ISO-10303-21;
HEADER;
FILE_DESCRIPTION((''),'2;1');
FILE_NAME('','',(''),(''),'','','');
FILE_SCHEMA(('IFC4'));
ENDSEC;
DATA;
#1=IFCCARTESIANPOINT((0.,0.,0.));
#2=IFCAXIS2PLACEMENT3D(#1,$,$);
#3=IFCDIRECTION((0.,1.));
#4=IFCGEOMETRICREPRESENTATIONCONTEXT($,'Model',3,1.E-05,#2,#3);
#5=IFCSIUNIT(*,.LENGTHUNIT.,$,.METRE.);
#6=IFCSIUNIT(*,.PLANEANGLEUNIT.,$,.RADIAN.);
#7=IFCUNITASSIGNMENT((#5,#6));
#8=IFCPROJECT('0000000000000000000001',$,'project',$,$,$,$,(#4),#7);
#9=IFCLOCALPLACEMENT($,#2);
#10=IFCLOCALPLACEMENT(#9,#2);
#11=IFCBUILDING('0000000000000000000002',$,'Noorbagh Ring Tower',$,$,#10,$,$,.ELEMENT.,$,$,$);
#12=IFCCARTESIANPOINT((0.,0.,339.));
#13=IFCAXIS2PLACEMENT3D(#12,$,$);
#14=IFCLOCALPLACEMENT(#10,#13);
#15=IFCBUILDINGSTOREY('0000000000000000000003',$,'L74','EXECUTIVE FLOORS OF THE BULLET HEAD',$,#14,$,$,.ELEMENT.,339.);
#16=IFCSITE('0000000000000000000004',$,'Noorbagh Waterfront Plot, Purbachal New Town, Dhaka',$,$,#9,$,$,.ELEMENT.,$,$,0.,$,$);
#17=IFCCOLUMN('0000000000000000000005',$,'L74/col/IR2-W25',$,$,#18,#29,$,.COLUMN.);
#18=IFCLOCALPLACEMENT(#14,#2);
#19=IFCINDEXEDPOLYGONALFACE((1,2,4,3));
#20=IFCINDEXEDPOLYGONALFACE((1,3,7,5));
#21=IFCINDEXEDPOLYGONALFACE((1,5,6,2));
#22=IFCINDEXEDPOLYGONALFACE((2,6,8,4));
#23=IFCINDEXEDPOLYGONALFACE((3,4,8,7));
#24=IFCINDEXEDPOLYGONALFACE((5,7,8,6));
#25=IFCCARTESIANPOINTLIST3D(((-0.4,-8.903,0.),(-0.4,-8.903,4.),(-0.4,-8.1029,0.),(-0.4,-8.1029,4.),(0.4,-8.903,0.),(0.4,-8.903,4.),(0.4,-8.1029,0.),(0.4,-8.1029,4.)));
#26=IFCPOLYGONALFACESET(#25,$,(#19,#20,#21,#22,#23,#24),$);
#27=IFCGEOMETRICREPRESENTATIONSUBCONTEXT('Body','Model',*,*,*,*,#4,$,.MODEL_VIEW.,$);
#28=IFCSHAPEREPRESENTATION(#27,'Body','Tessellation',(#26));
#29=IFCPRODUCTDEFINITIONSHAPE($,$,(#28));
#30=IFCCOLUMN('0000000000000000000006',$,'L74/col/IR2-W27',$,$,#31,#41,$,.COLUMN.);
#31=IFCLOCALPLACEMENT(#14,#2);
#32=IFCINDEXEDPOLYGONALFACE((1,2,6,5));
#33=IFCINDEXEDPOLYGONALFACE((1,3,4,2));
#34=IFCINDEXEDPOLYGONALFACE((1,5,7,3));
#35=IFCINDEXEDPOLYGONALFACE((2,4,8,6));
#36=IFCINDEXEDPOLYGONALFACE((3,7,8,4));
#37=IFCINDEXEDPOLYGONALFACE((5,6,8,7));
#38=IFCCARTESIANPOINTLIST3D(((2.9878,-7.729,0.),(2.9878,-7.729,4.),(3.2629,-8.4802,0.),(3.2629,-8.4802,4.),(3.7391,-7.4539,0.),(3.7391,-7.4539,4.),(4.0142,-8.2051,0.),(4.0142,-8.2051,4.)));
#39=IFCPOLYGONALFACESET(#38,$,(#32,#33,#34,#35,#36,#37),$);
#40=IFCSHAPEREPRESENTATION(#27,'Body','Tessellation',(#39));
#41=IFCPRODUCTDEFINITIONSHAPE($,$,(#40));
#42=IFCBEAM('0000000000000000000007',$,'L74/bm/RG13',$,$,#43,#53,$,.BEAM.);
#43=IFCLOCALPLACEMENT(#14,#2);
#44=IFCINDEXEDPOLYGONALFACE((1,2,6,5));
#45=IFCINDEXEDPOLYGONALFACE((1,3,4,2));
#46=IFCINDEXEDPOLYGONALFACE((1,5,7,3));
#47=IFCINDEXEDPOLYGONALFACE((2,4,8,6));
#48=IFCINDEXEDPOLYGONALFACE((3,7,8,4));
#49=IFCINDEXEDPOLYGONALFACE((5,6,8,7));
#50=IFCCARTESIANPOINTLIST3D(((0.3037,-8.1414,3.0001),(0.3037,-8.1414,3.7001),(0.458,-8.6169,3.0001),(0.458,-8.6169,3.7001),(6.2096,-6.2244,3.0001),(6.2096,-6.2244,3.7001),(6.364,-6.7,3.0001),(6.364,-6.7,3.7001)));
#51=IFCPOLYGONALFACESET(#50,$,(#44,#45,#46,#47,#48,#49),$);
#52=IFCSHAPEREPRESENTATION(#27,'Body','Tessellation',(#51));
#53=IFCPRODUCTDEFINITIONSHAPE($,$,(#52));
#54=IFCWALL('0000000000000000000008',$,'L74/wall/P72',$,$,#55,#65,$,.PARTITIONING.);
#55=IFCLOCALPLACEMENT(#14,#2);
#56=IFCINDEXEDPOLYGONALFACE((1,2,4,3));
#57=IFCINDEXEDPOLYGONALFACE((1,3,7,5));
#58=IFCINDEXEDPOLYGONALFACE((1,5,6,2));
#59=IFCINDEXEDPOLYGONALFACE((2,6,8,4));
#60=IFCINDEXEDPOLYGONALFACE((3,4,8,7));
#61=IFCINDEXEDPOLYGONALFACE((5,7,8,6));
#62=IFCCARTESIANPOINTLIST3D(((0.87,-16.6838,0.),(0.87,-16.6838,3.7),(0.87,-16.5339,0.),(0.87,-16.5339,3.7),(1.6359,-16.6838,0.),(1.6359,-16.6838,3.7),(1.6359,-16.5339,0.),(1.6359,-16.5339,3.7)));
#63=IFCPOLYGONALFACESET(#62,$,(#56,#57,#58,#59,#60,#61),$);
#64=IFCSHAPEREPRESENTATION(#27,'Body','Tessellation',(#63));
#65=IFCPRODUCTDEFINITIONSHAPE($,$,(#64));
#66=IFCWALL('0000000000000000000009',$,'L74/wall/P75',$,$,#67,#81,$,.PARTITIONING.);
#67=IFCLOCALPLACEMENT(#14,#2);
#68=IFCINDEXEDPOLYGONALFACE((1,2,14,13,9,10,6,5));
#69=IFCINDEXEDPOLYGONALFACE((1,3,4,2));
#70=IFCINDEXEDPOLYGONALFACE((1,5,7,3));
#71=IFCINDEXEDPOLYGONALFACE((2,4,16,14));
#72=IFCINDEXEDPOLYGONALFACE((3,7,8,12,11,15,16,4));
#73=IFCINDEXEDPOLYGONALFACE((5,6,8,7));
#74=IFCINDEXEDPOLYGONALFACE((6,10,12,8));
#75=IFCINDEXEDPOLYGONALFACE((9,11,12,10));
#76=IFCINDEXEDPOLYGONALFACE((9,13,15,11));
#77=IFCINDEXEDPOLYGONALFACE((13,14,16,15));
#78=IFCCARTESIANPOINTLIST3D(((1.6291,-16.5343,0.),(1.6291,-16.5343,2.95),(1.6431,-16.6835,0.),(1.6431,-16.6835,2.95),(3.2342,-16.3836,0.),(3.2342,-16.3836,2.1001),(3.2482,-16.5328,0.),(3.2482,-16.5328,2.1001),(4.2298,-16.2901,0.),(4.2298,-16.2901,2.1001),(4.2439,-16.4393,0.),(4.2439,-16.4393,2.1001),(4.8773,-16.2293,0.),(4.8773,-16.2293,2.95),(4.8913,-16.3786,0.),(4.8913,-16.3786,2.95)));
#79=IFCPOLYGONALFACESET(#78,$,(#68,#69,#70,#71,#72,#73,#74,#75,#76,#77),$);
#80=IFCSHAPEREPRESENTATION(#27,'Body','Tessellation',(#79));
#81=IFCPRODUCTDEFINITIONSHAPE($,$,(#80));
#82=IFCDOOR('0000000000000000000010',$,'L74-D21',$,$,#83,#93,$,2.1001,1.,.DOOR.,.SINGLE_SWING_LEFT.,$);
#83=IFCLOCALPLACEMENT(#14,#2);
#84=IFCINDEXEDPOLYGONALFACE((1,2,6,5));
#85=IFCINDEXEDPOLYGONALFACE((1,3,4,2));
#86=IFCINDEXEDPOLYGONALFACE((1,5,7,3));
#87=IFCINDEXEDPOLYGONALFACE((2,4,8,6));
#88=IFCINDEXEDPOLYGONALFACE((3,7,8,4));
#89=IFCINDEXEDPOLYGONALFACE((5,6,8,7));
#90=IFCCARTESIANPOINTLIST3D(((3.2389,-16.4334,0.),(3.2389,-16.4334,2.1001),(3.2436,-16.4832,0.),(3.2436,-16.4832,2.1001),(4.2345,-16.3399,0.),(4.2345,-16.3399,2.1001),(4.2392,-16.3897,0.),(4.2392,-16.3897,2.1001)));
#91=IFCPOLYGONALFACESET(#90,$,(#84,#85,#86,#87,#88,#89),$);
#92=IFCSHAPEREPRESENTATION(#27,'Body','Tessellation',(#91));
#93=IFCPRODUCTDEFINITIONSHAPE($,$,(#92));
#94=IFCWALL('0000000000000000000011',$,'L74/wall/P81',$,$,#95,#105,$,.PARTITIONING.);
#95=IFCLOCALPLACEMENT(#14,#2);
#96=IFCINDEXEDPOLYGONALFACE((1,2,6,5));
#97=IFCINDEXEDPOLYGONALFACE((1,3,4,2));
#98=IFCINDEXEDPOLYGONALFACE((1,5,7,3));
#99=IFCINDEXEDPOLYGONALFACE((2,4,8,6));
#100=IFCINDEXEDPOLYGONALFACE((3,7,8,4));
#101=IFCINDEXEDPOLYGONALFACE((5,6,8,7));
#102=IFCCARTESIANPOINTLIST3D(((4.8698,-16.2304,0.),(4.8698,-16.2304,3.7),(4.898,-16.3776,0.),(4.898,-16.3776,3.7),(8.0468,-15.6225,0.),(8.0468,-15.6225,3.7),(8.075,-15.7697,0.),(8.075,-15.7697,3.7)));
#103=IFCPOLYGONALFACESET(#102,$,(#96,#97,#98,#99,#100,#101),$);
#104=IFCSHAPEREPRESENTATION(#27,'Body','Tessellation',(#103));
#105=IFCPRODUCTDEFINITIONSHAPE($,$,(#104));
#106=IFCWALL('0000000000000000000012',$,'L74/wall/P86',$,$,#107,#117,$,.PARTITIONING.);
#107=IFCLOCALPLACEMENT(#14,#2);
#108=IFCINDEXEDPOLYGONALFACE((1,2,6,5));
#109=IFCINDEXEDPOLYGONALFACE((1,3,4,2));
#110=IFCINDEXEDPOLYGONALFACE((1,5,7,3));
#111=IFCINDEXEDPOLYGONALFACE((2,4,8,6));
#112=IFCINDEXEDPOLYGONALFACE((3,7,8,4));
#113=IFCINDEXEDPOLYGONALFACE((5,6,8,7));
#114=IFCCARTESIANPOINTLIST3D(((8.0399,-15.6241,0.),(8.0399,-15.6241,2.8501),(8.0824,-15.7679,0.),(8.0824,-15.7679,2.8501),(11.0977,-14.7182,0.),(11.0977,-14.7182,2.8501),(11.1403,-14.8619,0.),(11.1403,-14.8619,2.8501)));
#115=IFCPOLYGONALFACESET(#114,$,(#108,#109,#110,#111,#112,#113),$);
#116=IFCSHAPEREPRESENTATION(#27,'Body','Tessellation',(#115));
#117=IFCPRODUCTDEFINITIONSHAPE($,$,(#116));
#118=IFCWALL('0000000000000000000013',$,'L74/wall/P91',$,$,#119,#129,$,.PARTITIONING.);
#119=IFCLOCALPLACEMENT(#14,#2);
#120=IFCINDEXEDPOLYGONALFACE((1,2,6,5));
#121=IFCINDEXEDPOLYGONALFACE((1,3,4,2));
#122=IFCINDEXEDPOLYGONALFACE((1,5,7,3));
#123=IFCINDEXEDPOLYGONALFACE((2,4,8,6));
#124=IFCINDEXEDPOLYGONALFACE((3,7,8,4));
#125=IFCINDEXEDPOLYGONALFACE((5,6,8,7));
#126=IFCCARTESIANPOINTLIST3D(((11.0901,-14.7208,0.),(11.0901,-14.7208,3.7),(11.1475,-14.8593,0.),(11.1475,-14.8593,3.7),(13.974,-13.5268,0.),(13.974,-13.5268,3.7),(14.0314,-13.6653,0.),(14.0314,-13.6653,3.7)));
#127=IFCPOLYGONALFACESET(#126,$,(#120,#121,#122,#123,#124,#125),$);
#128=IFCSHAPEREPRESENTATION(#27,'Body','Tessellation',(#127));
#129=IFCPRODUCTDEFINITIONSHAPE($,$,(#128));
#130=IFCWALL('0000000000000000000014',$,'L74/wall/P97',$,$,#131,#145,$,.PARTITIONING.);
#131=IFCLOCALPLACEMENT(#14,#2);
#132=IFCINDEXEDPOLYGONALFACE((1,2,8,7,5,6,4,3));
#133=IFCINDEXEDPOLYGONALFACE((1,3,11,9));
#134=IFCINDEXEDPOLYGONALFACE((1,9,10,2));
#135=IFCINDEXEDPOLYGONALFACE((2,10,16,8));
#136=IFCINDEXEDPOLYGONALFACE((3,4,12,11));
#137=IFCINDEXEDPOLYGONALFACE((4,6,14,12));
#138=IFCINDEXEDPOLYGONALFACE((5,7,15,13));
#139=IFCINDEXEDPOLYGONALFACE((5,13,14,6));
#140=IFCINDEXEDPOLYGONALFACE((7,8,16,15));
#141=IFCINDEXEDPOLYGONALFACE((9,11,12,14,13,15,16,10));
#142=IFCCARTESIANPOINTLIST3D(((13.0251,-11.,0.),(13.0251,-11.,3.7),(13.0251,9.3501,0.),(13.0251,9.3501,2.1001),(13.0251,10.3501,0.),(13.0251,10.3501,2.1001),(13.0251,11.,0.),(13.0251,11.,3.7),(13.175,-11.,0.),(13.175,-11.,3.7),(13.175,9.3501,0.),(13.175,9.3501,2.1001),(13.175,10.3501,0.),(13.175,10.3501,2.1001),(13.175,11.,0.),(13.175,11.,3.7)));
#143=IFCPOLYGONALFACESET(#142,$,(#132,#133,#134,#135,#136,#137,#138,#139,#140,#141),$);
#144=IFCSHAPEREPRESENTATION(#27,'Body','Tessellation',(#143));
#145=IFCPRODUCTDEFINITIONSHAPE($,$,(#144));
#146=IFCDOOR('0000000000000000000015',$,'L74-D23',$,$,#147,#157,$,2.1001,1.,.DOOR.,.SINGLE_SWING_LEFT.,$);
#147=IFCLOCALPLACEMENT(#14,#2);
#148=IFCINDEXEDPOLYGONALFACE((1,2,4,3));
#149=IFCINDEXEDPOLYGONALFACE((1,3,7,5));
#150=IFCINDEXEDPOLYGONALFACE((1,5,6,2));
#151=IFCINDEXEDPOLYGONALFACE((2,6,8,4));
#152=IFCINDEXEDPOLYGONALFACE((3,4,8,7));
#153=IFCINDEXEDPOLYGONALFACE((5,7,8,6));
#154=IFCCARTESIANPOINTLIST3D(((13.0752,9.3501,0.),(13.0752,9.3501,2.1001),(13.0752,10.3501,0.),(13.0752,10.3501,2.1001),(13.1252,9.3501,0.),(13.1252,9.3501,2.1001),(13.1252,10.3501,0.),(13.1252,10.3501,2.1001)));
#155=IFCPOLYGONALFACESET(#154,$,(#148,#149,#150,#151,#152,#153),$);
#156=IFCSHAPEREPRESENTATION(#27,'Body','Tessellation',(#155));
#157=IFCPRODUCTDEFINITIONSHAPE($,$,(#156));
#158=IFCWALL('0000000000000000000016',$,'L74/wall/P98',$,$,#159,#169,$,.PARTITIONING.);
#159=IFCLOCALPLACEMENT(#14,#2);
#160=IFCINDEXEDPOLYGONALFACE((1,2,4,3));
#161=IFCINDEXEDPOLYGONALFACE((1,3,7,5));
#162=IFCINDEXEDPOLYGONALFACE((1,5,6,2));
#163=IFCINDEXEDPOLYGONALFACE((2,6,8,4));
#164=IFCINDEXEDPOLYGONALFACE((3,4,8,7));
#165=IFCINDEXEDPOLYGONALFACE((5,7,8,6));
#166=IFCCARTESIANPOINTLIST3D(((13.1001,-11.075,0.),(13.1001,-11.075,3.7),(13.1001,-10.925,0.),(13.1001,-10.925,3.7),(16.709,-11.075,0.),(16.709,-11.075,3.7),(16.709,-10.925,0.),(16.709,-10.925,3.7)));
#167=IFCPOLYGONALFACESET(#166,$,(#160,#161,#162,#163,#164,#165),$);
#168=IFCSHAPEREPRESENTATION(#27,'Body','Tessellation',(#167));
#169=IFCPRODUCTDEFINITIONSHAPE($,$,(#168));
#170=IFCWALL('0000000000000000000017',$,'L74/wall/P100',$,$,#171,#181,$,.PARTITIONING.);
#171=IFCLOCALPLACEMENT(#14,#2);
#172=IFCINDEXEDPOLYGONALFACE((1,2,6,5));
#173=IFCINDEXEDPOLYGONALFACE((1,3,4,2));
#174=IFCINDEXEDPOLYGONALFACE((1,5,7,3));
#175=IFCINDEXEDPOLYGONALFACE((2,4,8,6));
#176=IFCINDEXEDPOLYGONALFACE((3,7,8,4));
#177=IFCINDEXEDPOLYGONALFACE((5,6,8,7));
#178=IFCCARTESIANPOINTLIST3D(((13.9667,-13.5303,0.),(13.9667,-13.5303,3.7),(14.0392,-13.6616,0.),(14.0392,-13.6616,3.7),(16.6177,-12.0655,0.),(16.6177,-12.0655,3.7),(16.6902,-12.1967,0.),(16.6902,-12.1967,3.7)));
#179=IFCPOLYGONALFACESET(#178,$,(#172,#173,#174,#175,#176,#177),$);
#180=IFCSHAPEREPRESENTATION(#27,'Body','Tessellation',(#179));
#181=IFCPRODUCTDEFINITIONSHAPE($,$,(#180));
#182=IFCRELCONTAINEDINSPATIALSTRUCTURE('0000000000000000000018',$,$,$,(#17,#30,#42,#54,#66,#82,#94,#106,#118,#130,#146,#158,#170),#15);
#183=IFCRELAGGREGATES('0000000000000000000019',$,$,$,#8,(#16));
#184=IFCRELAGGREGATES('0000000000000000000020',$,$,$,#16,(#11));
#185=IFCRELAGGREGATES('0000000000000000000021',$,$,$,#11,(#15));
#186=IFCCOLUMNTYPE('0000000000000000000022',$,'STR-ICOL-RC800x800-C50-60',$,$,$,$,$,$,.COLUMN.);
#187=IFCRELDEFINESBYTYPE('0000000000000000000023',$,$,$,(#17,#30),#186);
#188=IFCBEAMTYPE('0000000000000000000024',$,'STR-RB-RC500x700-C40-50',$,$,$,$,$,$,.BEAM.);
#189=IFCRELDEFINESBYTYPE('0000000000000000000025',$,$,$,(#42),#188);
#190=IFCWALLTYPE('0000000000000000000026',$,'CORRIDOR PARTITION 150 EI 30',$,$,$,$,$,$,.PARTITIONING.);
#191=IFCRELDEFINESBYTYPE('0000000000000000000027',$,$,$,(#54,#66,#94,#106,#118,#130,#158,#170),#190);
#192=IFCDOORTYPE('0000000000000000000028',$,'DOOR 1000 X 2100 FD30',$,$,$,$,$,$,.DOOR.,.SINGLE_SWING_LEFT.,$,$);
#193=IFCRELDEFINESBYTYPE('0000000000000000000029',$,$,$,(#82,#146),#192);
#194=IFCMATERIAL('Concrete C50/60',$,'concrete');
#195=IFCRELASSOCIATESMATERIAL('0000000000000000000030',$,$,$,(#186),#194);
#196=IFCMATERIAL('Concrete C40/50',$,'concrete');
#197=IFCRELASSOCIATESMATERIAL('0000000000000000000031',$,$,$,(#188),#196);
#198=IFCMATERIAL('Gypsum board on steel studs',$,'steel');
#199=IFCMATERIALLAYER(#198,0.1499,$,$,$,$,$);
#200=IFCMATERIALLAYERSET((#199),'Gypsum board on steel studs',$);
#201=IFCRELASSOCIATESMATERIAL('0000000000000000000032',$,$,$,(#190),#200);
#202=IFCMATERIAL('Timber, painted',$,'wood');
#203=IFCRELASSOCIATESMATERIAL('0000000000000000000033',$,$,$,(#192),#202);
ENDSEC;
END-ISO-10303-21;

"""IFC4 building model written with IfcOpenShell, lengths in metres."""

from ifc_helpers import new_model, si_unit, direction, frame, frame_2d, origin, origin_2d, place, context, subcontext, project, spatial, rectangle, extrude, material, layer, layer_set, material_profile, profile_set, type_object, element, fill, save


model = new_model("IFC4")

# Units and contexts
model_context = context("Model", 3, precision=1e-05, world=origin(), true_north=direction((0.0, 1.0)))
body_context = subcontext(model_context, "Body", "Model", "MODEL_VIEW")
ifc_project = project(units=[si_unit("LENGTHUNIT", "METRE"), si_unit("PLANEANGLEUNIT", "RADIAN")], contexts=[model_context])

# Site, building, storey
site_placement = place(None, origin())
site = spatial("IfcSite", under=ifc_project, at=site_placement, Name="Noorbagh Waterfront Plot, Purbachal New Town, Dhaka", CompositionType="ELEMENT", RefElevation=0.0)
building_placement = place(site_placement, origin())
building = spatial("IfcBuilding", under=site, at=building_placement, Name="Noorbagh Ring Tower", CompositionType="ELEMENT")
storey_placement = place(building_placement, frame((0.0, 0.0, 339.0)))
storey = spatial("IfcBuildingStorey", under=building, at=storey_placement, Name="L74", Description="EXECUTIVE FLOORS OF THE BULLET HEAD", CompositionType="ELEMENT", Elevation=339.0)

# Columns
ifc_material_1 = material(Name="Concrete C50/60", Category="concrete")
ifc_material_profile_1 = material_profile(ifc_material_1, rectangle(XDim=0.8, YDim=0.8, at=origin_2d()), Name="RC800x800")
ifc_profile_set_1 = profile_set([ifc_material_profile_1], Name="Concrete C50/60")
column_type = type_object("IfcColumnType", Name="STR-ICOL-RC800x800-C50-60", PredefinedType="COLUMN", material=ifc_profile_set_1)
for number, where, z_axis, x_axis, name in (
    (1, (0.0, -8.5029, 0.0), (0.0, 0.0, 1.0), (1.0, 0.0, 0.0), "L74/col/IR2-W25"),
    (2, (3.501, -7.967, 0.0), (0.0, 0.0, 1.0), (0.93902, 0.343864, 0.0), "L74/col/IR2-W27"),
):
    element("IfcColumn", number, at=place(storey_placement, frame(where, z_axis=z_axis, x_axis=x_axis)), inside=storey, type_object=column_type, Name=name, PredefinedType="COLUMN", context=body_context, shape_type="SweptSolid", body=[
        extrude(rectangle(XDim=0.8, YDim=0.8, at=origin_2d()), origin(), (0.0, 0.0, 1.0), 4.0),
    ])

# Beam
ifc_material_2 = material(Name="Concrete C40/50", Category="concrete")
ifc_material_profile_2 = material_profile(ifc_material_2, rectangle(XDim=0.5, YDim=0.7, at=origin_2d()), Name="RC500x700")
ifc_profile_set_2 = profile_set([ifc_material_profile_2], Name="Concrete C40/50")
beam_type = type_object("IfcBeamType", Name="STR-RB-RC500x700-C40-50", PredefinedType="BEAM", material=ifc_profile_set_2)
beam_placement = place(storey_placement, frame((0.3809, -8.3792, 3.3501), z_axis=(0.95115, 0.308728, 0.0), x_axis=(-0.308728, 0.95115, 0.0)))
element("IfcBeam", 3, at=beam_placement, inside=storey, type_object=beam_type, Name="L74/bm/RG13", PredefinedType="BEAM", context=body_context, shape_type="SweptSolid", body=[
    extrude(rectangle(XDim=0.5, YDim=0.7, at=origin_2d()), origin(), (0.0, 0.0, 1.0), 6.2092),
])

# Wall
ifc_material_3 = material(Name="Gypsum board on steel studs", Category="steel")
ifc_layer = layer(ifc_material_3, 0.1499)
ifc_layer_set = layer_set([ifc_layer], Name="Gypsum board on steel studs")
wall_type = type_object("IfcWallType", Name="CORRIDOR PARTITION 150 EI 30", PredefinedType="PARTITIONING", material=ifc_layer_set)
wall_1_placement = place(storey_placement, frame((0.8701, -16.6089, 0.0), z_axis=(0.0, 0.0, 1.0), x_axis=(1.0, 0.0, 0.0)))
element("IfcWall", 4, at=wall_1_placement, inside=storey, type_object=wall_type, Name="L74/wall/P72", PredefinedType="PARTITIONING", context=body_context, shape_type="SweptSolid", body=[
    extrude(rectangle(XDim=0.7659, YDim=0.1499, at=frame_2d((0.3828, 0.0))), origin(), (0.0, 0.0, 1.0), 3.7),
])

# Wall, opening, door
wall_2_placement = place(storey_placement, frame((1.636, -16.6089, 0.0), z_axis=(0.0, 0.0, 1.0), x_axis=(0.995622, 0.093471, 0.0)))
wall_2 = element("IfcWall", 5, at=wall_2_placement, inside=storey, type_object=wall_type, Name="L74/wall/P75", PredefinedType="PARTITIONING", context=body_context, shape_type="SweptSolid", body=[
    extrude(rectangle(XDim=3.2625, YDim=0.1499, at=frame_2d((1.6313, 0.0))), origin(), (0.0, 0.0, 1.0), 2.95),
])
opening_1_placement = place(wall_2_placement, frame((1.6123, 0.0, 0.0)))
opening_1 = element("IfcOpeningElement", 6, at=opening_1_placement, cuts=wall_2, PredefinedType="OPENING", context=body_context, shape_type="SweptSolid", body=[
    extrude(rectangle(XDim=1.0, YDim=2.1001, at=frame_2d((0.5, 1.05))), frame((0.0, 0.085, 0.0), z_axis=(0.0, -1.0, 0.0), x_axis=(1.0, 0.0, 0.0)), (0.0, 0.0, 1.0), 0.1699),
])
ifc_material_4 = material(Name="Timber, painted", Category="wood")
door_type = type_object("IfcDoorType", Name="DOOR 1000 X 2100 FD30", OperationType="SINGLE_SWING_LEFT", PredefinedType="DOOR", material=ifc_material_4)
door_1_placement = place(opening_1_placement, origin())
door_1 = element("IfcDoor", 7, at=door_1_placement, inside=storey, type_object=door_type, Name="L74-D21", OperationType="SINGLE_SWING_LEFT", OverallHeight=2.1001, OverallWidth=1.0, PredefinedType="DOOR", context=body_context, shape_type="SweptSolid", body=[
    extrude(rectangle(XDim=1.0, YDim=2.1001, at=frame_2d((0.5, 1.05))), frame((0.0, 0.0249, 0.0), z_axis=(0.0, -1.0, 0.0), x_axis=(1.0, 0.0, 0.0)), (0.0, 0.0, 1.0), 0.05),
])
fill(opening_1, door_1)

# Walls
wall_3_placement = place(storey_placement, frame((4.884, -16.304, 0.0), z_axis=(0.0, 0.0, 1.0), x_axis=(0.982181, 0.187937, 0.0)))
element("IfcWall", 8, at=wall_3_placement, inside=storey, type_object=wall_type, Name="L74/wall/P81", PredefinedType="PARTITIONING", context=body_context, shape_type="SweptSolid", body=[
    extrude(rectangle(XDim=3.2346, YDim=0.1499, at=frame_2d((1.6172, 0.0))), origin(), (0.0, 0.0, 1.0), 3.7),
])
wall_4_placement = place(storey_placement, frame((8.061, -15.696, 0.0), z_axis=(0.0, 0.0, 1.0), x_axis=(0.9588, 0.284081, 0.0)))
element("IfcWall", 9, at=wall_4_placement, inside=storey, type_object=wall_type, Name="L74/wall/P86", PredefinedType="PARTITIONING", context=body_context, shape_type="SweptSolid", body=[
    extrude(rectangle(XDim=3.1892, YDim=0.1499, at=frame_2d((1.5947, 0.0))), origin(), (0.0, 0.0, 1.0), 2.8501),
])
wall_5_placement = place(storey_placement, frame((11.1189, -14.79, 0.0), z_axis=(0.0, 0.0, 1.0), x_axis=(0.923938, 0.382543, 0.0)))
element("IfcWall", 10, at=wall_5_placement, inside=storey, type_object=wall_type, Name="L74/wall/P91", PredefinedType="PARTITIONING", context=body_context, shape_type="SweptSolid", body=[
    extrude(rectangle(XDim=3.1213, YDim=0.1499, at=frame_2d((1.5605, 0.0))), origin(), (0.0, 0.0, 1.0), 3.7),
])

# Wall, opening, door
wall_6_placement = place(storey_placement, frame((13.1001, -11.0, 0.0), z_axis=(0.0, 0.0, 1.0), x_axis=(0.0, 1.0, 0.0)))
wall_6 = element("IfcWall", 11, at=wall_6_placement, inside=storey, type_object=wall_type, Name="L74/wall/P97", PredefinedType="PARTITIONING", context=body_context, shape_type="SweptSolid", body=[
    extrude(rectangle(XDim=22.0, YDim=0.1499, at=frame_2d((11.0, 0.0))), origin(), (0.0, 0.0, 1.0), 3.7),
])
opening_2_placement = place(wall_6_placement, frame((20.3501, 0.0, 0.0)))
opening_2 = element("IfcOpeningElement", 12, at=opening_2_placement, cuts=wall_6, PredefinedType="OPENING", context=body_context, shape_type="SweptSolid", body=[
    extrude(rectangle(XDim=1.0, YDim=2.1001, at=frame_2d((0.5, 1.05))), frame((0.0, 0.085, 0.0), z_axis=(0.0, -1.0, 0.0), x_axis=(1.0, 0.0, 0.0)), (0.0, 0.0, 1.0), 0.1699),
])
door_2_placement = place(opening_2_placement, origin())
door_2 = element("IfcDoor", 13, at=door_2_placement, inside=storey, type_object=door_type, Name="L74-D23", OperationType="SINGLE_SWING_LEFT", OverallHeight=2.1001, OverallWidth=1.0, PredefinedType="DOOR", context=body_context, shape_type="SweptSolid", body=[
    extrude(rectangle(XDim=1.0, YDim=2.1001, at=frame_2d((0.5, 1.05))), frame((0.0, 0.0249, 0.0), z_axis=(0.0, -1.0, 0.0), x_axis=(1.0, 0.0, 0.0)), (0.0, 0.0, 1.0), 0.05),
])
fill(opening_2, door_2)

# Walls
wall_7_placement = place(storey_placement, frame((13.1001, -11.0, 0.0), z_axis=(0.0, 0.0, 1.0), x_axis=(1.0, 0.0, 0.0)))
element("IfcWall", 14, at=wall_7_placement, inside=storey, type_object=wall_type, Name="L74/wall/P98", PredefinedType="PARTITIONING", context=body_context, shape_type="SweptSolid", body=[
    extrude(rectangle(XDim=3.6089, YDim=0.1499, at=frame_2d((1.8044, 0.0))), origin(), (0.0, 0.0, 1.0), 3.7),
])
wall_8_placement = place(storey_placement, frame((14.0029, -13.5959, 0.0), z_axis=(0.0, 0.0, 1.0), x_axis=(0.875277, 0.483623, 0.0)))
element("IfcWall", 15, at=wall_8_placement, inside=storey, type_object=wall_type, Name="L74/wall/P100", PredefinedType="PARTITIONING", context=body_context, shape_type="SweptSolid", body=[
    extrude(rectangle(XDim=3.0288, YDim=0.1499, at=frame_2d((1.5144, 0.0))), origin(), (0.0, 0.0, 1.0), 3.7),
])

save(model, "model.ifc")
